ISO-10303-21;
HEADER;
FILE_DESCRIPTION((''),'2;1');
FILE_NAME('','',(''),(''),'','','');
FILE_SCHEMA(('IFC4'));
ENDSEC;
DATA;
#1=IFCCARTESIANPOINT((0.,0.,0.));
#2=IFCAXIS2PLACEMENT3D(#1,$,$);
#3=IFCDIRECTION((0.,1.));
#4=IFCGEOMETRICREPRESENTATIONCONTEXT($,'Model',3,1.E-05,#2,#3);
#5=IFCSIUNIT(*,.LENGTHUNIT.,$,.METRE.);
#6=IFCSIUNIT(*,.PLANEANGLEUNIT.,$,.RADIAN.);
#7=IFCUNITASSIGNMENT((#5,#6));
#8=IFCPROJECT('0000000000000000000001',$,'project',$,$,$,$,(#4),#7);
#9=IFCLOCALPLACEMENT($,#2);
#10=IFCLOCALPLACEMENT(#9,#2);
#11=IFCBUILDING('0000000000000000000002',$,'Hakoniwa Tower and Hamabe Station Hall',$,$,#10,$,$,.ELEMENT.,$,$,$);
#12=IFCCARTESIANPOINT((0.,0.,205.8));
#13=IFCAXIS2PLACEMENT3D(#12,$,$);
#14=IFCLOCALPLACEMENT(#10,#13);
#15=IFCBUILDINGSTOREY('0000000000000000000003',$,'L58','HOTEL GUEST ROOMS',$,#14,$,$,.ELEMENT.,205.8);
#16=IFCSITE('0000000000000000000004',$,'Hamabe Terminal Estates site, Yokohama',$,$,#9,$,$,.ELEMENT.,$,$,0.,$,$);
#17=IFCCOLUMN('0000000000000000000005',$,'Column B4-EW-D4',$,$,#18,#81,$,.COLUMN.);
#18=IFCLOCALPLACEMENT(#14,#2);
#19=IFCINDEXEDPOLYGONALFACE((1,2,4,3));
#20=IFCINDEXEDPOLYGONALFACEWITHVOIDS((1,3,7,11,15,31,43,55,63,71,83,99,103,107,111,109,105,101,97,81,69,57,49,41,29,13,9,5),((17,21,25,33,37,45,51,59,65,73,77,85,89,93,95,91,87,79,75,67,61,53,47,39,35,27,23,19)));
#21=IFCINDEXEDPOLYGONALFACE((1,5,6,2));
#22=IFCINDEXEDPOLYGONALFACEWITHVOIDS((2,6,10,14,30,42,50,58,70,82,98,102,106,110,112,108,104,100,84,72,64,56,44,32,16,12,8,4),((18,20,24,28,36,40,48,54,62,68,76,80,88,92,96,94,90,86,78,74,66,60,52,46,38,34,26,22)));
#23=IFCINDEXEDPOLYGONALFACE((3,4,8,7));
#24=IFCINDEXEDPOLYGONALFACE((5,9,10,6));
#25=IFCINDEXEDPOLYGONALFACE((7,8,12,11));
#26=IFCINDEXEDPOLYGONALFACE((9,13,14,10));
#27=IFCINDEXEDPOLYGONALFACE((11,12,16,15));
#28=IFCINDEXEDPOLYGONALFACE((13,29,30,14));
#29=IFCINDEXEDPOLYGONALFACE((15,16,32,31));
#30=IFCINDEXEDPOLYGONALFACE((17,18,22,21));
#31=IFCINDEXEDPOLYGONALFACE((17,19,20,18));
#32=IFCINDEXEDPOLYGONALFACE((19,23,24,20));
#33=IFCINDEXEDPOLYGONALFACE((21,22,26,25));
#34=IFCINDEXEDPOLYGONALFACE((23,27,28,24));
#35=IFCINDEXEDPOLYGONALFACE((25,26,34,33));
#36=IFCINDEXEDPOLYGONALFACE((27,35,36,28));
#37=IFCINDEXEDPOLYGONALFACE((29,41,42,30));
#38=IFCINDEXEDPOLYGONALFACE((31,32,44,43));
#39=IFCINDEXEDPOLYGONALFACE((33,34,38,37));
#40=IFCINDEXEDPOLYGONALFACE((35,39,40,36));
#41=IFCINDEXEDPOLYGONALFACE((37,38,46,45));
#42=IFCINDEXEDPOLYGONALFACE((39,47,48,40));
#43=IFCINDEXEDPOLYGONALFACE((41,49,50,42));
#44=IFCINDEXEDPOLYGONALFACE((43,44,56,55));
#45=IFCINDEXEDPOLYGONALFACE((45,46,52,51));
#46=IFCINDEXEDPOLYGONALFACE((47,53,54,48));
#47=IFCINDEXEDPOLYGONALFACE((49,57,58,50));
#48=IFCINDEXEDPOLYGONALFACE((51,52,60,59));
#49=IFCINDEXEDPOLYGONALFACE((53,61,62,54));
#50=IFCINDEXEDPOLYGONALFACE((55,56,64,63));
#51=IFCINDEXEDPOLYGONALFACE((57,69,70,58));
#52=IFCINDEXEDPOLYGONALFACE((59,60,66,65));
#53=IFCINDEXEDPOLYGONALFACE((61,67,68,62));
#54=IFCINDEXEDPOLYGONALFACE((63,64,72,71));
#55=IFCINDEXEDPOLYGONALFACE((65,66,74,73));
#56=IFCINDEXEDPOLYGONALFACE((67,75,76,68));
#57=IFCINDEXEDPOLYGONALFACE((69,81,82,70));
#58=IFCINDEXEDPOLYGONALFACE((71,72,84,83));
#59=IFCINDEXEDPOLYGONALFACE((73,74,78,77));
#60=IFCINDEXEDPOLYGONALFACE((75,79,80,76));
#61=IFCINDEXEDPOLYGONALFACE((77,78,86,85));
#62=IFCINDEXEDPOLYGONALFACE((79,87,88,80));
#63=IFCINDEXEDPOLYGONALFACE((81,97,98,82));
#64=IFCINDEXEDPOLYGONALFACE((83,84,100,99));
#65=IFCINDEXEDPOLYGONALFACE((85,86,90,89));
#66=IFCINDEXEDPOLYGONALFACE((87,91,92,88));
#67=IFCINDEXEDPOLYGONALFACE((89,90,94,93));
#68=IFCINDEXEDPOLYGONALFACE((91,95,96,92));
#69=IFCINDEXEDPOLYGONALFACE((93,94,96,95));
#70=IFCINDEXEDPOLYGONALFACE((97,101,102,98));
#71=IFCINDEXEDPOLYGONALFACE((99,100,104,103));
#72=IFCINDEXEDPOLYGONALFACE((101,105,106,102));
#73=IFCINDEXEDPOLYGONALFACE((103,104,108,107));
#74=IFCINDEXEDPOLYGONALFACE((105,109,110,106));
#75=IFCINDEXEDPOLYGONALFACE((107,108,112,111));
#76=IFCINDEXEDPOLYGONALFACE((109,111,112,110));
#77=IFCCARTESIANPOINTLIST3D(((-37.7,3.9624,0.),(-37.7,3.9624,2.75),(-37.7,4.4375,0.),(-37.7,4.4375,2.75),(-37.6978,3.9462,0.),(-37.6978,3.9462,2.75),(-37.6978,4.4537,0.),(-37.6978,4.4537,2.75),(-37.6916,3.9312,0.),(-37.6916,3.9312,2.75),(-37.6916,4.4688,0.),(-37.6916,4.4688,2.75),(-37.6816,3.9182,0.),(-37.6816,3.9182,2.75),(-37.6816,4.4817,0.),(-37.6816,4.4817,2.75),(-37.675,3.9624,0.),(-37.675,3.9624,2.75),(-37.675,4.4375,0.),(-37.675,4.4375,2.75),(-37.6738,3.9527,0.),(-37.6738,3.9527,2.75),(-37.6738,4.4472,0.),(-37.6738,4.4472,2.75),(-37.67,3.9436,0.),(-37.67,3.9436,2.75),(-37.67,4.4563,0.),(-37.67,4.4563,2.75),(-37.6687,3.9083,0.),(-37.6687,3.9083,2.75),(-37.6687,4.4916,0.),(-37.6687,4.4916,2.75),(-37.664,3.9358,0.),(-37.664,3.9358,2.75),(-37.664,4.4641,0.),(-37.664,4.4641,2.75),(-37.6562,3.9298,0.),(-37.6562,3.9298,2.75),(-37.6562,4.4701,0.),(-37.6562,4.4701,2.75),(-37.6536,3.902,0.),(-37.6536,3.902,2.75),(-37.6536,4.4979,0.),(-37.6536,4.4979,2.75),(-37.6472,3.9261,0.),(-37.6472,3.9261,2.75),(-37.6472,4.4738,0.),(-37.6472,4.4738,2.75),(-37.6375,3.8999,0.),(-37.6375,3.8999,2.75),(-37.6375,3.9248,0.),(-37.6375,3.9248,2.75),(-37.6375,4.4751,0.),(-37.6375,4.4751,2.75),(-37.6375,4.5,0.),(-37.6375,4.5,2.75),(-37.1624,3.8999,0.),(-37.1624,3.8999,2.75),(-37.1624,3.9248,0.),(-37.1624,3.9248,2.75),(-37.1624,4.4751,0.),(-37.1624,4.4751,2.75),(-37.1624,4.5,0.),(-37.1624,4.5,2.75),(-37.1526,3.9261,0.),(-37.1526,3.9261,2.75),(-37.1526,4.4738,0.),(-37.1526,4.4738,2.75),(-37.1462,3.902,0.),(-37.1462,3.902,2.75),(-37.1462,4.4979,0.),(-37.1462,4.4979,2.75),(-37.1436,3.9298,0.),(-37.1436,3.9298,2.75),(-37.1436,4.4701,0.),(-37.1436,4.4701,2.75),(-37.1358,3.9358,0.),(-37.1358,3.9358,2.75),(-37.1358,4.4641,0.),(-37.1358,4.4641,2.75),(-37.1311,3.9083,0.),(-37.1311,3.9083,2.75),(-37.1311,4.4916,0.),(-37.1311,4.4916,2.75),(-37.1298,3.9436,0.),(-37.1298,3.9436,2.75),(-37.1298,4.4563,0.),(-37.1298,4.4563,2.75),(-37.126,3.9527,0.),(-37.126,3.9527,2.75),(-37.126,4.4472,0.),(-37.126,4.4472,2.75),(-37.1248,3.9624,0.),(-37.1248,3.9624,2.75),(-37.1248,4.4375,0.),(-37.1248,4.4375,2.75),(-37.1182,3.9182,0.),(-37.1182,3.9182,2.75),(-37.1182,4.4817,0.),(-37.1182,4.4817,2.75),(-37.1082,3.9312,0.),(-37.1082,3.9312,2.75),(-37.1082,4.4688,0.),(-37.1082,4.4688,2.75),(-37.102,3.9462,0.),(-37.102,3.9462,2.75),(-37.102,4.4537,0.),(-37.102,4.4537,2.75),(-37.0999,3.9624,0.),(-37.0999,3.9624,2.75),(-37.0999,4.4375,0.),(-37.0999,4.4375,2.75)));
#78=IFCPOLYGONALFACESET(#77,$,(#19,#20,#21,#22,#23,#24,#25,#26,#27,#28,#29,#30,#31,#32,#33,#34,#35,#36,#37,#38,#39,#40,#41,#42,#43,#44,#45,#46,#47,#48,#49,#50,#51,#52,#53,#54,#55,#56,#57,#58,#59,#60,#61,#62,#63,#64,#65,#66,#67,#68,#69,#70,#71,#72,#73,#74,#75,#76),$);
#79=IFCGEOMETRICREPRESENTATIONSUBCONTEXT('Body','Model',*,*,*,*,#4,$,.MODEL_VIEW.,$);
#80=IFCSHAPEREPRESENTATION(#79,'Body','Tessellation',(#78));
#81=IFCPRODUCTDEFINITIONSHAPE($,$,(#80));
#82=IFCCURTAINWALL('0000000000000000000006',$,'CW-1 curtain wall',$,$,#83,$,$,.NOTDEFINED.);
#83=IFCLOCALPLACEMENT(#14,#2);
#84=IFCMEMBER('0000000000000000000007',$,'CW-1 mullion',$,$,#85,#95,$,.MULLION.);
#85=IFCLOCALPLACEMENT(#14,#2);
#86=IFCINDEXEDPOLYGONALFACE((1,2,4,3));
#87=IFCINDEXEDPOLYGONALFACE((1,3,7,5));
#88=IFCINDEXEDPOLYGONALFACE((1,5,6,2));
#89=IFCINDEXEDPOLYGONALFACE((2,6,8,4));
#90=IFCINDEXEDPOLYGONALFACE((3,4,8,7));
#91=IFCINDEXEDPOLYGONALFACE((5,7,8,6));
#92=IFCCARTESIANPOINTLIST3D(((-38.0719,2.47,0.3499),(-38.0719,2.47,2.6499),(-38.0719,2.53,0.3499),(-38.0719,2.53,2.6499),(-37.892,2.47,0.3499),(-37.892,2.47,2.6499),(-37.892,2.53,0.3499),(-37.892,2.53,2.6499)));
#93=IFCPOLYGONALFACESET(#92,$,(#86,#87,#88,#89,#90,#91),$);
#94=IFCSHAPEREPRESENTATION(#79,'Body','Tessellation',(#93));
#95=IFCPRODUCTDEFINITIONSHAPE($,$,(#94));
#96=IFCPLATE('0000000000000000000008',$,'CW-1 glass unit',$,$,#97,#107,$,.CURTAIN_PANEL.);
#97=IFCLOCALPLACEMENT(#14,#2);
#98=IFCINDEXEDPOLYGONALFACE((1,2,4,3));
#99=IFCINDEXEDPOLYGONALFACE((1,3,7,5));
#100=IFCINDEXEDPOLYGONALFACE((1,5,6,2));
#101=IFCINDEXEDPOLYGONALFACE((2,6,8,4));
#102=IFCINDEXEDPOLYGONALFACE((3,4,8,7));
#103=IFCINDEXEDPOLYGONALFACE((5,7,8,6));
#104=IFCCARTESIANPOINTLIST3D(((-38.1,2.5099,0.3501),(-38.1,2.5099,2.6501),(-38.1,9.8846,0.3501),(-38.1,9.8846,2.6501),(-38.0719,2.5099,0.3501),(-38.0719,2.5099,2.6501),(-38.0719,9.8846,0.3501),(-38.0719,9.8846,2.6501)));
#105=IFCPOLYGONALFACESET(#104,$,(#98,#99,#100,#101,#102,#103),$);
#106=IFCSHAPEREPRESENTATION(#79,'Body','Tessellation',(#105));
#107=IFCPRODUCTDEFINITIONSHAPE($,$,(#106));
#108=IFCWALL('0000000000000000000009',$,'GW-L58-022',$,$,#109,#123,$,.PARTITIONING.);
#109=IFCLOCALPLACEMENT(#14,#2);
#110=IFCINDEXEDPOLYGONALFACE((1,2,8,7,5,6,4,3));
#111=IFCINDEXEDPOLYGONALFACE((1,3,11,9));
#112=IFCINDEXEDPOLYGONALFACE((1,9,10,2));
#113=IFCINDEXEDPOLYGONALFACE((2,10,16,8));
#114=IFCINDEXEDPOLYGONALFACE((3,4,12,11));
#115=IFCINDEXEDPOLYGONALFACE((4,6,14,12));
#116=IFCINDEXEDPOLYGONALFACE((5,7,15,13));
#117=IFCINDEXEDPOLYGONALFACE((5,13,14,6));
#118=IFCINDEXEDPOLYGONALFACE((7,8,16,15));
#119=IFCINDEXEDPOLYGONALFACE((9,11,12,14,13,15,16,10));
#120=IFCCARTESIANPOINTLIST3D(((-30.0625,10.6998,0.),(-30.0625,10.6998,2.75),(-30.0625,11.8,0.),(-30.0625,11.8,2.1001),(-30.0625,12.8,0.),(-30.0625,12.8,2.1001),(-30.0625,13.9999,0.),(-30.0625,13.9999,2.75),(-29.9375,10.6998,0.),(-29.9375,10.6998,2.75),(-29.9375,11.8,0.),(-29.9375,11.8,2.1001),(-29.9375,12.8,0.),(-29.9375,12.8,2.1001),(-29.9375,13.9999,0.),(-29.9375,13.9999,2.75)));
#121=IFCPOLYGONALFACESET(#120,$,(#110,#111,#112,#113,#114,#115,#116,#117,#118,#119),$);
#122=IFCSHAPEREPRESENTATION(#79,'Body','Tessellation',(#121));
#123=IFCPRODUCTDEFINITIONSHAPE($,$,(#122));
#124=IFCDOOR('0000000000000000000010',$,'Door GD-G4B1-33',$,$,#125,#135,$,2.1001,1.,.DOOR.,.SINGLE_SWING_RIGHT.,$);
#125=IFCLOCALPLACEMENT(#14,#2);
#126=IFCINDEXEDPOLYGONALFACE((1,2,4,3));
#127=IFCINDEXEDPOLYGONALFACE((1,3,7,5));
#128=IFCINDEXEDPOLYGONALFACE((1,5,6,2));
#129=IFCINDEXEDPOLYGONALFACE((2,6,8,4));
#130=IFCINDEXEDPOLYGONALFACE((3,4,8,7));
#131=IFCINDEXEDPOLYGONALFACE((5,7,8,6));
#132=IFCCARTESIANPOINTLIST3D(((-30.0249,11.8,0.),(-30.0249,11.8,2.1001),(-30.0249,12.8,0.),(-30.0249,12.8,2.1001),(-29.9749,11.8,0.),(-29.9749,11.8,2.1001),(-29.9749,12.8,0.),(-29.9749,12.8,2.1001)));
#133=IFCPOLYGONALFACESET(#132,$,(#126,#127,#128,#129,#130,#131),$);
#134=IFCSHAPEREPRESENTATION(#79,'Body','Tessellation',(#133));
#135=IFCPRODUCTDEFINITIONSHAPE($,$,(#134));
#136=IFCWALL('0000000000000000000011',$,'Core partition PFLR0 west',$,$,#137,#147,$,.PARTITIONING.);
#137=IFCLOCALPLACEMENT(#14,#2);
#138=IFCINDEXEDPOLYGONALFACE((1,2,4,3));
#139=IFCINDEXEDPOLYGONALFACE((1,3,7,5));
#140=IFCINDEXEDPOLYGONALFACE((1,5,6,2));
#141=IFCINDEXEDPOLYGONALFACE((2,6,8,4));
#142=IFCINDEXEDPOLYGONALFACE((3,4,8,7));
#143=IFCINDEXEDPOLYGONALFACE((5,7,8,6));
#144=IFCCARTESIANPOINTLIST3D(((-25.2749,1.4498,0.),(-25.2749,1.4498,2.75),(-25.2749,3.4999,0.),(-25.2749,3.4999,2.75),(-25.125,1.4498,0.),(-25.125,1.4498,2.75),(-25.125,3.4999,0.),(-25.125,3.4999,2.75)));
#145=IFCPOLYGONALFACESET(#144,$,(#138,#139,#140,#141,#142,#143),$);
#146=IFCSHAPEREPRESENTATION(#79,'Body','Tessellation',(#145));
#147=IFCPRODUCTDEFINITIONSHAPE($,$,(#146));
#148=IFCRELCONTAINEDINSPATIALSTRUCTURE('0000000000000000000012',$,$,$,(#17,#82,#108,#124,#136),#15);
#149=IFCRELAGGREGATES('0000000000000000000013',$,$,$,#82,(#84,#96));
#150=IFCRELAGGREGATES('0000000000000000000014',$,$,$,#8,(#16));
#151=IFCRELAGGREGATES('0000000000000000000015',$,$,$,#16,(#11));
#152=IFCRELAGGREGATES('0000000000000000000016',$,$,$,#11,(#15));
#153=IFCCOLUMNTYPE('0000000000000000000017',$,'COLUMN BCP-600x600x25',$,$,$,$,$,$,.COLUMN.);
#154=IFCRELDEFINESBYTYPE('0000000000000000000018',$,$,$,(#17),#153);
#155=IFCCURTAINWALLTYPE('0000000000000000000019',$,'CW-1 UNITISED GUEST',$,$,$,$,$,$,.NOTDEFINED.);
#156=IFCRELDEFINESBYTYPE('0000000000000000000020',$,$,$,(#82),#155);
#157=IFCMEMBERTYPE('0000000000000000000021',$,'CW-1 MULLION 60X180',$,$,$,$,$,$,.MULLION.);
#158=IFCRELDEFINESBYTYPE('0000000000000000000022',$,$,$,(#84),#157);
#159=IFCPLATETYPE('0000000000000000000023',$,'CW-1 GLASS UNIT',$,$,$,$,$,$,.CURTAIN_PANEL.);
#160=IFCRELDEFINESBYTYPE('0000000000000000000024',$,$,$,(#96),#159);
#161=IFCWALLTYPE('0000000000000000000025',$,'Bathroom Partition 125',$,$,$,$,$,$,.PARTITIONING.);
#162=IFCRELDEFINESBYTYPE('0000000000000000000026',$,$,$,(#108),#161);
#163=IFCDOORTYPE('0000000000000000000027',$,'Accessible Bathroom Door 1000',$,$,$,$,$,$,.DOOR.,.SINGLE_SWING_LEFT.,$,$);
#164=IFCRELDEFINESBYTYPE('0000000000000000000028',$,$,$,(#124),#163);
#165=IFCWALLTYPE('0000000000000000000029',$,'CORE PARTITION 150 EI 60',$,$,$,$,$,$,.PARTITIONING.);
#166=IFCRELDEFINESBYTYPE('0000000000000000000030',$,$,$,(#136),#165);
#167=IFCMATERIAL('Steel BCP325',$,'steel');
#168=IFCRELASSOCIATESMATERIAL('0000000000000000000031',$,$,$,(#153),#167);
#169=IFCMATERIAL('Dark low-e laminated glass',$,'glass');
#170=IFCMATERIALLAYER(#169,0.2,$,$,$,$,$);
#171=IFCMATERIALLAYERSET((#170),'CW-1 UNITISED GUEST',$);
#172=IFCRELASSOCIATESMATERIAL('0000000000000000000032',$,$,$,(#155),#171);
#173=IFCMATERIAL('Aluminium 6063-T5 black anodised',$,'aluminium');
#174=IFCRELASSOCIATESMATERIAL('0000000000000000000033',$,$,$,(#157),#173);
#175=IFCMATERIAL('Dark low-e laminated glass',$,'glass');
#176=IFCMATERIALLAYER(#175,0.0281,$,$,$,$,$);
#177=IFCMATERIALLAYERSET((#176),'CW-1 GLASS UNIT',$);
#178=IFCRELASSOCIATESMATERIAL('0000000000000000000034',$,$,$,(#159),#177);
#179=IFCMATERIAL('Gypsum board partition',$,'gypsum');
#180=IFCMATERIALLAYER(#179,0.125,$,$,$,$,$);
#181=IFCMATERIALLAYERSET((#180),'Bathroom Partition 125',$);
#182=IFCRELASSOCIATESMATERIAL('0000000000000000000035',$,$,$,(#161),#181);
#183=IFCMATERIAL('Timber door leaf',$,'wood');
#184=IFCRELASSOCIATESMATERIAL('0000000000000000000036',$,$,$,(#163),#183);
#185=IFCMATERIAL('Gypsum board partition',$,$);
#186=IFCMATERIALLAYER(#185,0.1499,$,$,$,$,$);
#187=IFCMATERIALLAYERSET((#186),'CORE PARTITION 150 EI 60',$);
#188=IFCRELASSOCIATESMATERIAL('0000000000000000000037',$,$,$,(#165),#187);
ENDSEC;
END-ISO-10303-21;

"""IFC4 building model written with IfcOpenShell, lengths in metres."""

from ifc_helpers import new_model, si_unit, direction, frame, frame_2d, origin, origin_2d, place, context, subcontext, project, spatial, rectangle, hollow_rectangle, extrude, material, layer, layer_set, material_profile, profile_set, type_object, element, fill, aggregate, save


model = new_model("IFC4")

# Units and contexts
model_context = context("Model", 3, precision=1e-05, world=origin(), true_north=direction((0.0, 1.0)))
body_context = subcontext(model_context, "Body", "Model", "MODEL_VIEW")
ifc_project = project(units=[si_unit("LENGTHUNIT", "METRE"), si_unit("PLANEANGLEUNIT", "RADIAN")], contexts=[model_context])

# Site, building, storey
site_placement = place(None, origin())
site = spatial("IfcSite", under=ifc_project, at=site_placement, Name="Hamabe Terminal Estates site, Yokohama", CompositionType="ELEMENT", RefElevation=0.0)
building_placement = place(site_placement, origin())
building = spatial("IfcBuilding", under=site, at=building_placement, Name="Hakoniwa Tower and Hamabe Station Hall", CompositionType="ELEMENT")
storey_placement = place(building_placement, frame((0.0, 0.0, 205.8)))
storey = spatial("IfcBuildingStorey", under=building, at=storey_placement, Name="L58", Description="HOTEL GUEST ROOMS", CompositionType="ELEMENT", Elevation=205.8)

# Column
ifc_material_1 = material(Name="Steel BCP325", Category="steel")
ifc_material_profile_1 = material_profile(ifc_material_1, hollow_rectangle(XDim=0.6001, YDim=0.6001, WallThickness=0.0249, InnerFilletRadius=0.0376, OuterFilletRadius=0.0625, at=origin_2d()), Name="BCP-600x600x25")
ifc_profile_set_1 = profile_set([ifc_material_profile_1], Name="Steel BCP325")
column_type = type_object("IfcColumnType", Name="COLUMN BCP-600x600x25", PredefinedType="COLUMN", material=ifc_profile_set_1)
column_placement = place(storey_placement, frame((-37.3999, 4.2, 0.0), z_axis=(0.0, 0.0, 1.0), x_axis=(1.0, 0.0, 0.0)))
element("IfcColumn", 1, at=column_placement, inside=storey, type_object=column_type, Name="Column B4-EW-D4", PredefinedType="COLUMN", context=body_context, shape_type="SweptSolid", body=[
    extrude(hollow_rectangle(XDim=0.6001, YDim=0.6001, WallThickness=0.0249, InnerFilletRadius=0.0376, OuterFilletRadius=0.0625, at=origin_2d()), origin(), (0.0, 0.0, 1.0), 2.75),
])

# Curtain wall, member, plate
ifc_material_2 = material(Name="Dark low-e laminated glass", Category="glass")
ifc_layer_1 = layer(ifc_material_2, 0.2)
ifc_layer_set_1 = layer_set([ifc_layer_1], Name="CW-1 UNITISED GUEST")
curtain_wall_type = type_object("IfcCurtainWallType", Name="CW-1 UNITISED GUEST", PredefinedType="NOTDEFINED", material=ifc_layer_set_1)
curtain_wall_placement = place(storey_placement, origin())
curtain_wall = element("IfcCurtainWall", 2, at=curtain_wall_placement, inside=storey, type_object=curtain_wall_type, Name="CW-1 curtain wall", PredefinedType="NOTDEFINED")
ifc_material_3 = material(Name="Aluminium 6063-T5 black anodised", Category="aluminium")
ifc_material_profile_2 = material_profile(ifc_material_3, rectangle(XDim=0.0601, YDim=0.1799, at=origin_2d()), Name="CW-1 MULLION 60X180")
ifc_profile_set_2 = profile_set([ifc_material_profile_2], Name="Aluminium 6063-T5 black anodised")
member_type = type_object("IfcMemberType", Name="CW-1 MULLION 60X180", PredefinedType="MULLION", material=ifc_profile_set_2)
member_placement = place(storey_placement, frame((-37.9819, 2.5, 0.3499), z_axis=(0.0, 0.0, 1.0), x_axis=(0.0, -1.0, 0.0)))
member = element("IfcMember", 3, at=member_placement, type_object=member_type, Name="CW-1 mullion", PredefinedType="MULLION", context=body_context, shape_type="SweptSolid", body=[
    extrude(rectangle(XDim=0.0601, YDim=0.1799, at=origin_2d()), origin(), (0.0, 0.0, 1.0), 2.3),
])
ifc_material_4 = material(Name="Dark low-e laminated glass", Category="glass")
ifc_layer_2 = layer(ifc_material_4, 0.0281)
ifc_layer_set_2 = layer_set([ifc_layer_2], Name="CW-1 GLASS UNIT")
plate_type = type_object("IfcPlateType", Name="CW-1 GLASS UNIT", PredefinedType="CURTAIN_PANEL", material=ifc_layer_set_2)
plate_placement = place(storey_placement, frame((-38.0859, 6.1973, 0.3501), z_axis=(0.0, 0.0, 1.0), x_axis=(0.0, -1.0, 0.0)))
plate = element("IfcPlate", 4, at=plate_placement, type_object=plate_type, Name="CW-1 glass unit", PredefinedType="CURTAIN_PANEL", context=body_context, shape_type="SweptSolid", body=[
    extrude(rectangle(XDim=7.3748, YDim=0.0281, at=origin_2d()), origin(), (0.0, 0.0, 1.0), 2.3),
])
aggregate(curtain_wall, [member, plate])

# Wall, opening, door
ifc_material_5 = material(Name="Gypsum board partition", Category="gypsum")
ifc_layer_3 = layer(ifc_material_5, 0.125)
ifc_layer_set_3 = layer_set([ifc_layer_3], Name="Bathroom Partition 125")
wall_type_1 = type_object("IfcWallType", Name="Bathroom Partition 125", PredefinedType="PARTITIONING", material=ifc_layer_set_3)
wall_1_placement = place(storey_placement, frame((-30.0, 10.7, 0.0), z_axis=(0.0, 0.0, 1.0), x_axis=(0.0, 1.0, 0.0)))
wall_1 = element("IfcWall", 5, at=wall_1_placement, inside=storey, type_object=wall_type_1, Name="GW-L58-022", PredefinedType="PARTITIONING", context=body_context, shape_type="SweptSolid", body=[
    extrude(rectangle(XDim=3.3, YDim=0.125, at=frame_2d((1.6499, 0.0))), origin(), (0.0, 0.0, 1.0), 2.75),
])
opening_1_placement = place(wall_1_placement, frame((1.1001, 0.0, 0.0)))
opening_1 = element("IfcOpeningElement", 6, at=opening_1_placement, cuts=wall_1, PredefinedType="OPENING", context=body_context, shape_type="SweptSolid", body=[
    extrude(rectangle(XDim=1.0, YDim=2.1001, at=frame_2d((0.5, 1.05))), frame((0.0, 0.0725, 0.0), z_axis=(0.0, -1.0, 0.0), x_axis=(1.0, 0.0, 0.0)), (0.0, 0.0, 1.0), 0.145),
])
ifc_material_6 = material(Name="Timber door leaf", Category="wood")
door_type_1 = type_object("IfcDoorType", Name="Accessible Bathroom Door 1000", OperationType="SINGLE_SWING_LEFT", PredefinedType="DOOR", material=ifc_material_6)
door_1_placement = place(opening_1_placement, origin())
door_1 = element("IfcDoor", 7, at=door_1_placement, inside=storey, type_object=door_type_1, Name="Door GD-G4B1-33", OperationType="SINGLE_SWING_RIGHT", OverallHeight=2.1001, OverallWidth=1.0, PredefinedType="DOOR", context=body_context, shape_type="SweptSolid", body=[
    extrude(rectangle(XDim=1.0, YDim=2.1001, at=frame_2d((0.5, 1.05))), frame((0.0, 0.0249, 0.0), z_axis=(0.0, -1.0, 0.0), x_axis=(1.0, 0.0, 0.0)), (0.0, 0.0, 1.0), 0.05),
])
fill(opening_1, door_1)

# Wall
ifc_material_7 = material(Name="Gypsum board partition")
ifc_layer_4 = layer(ifc_material_7, 0.1499)
ifc_layer_set_4 = layer_set([ifc_layer_4], Name="CORE PARTITION 150 EI 60")
wall_type_2 = type_object("IfcWallType", Name="CORE PARTITION 150 EI 60", PredefinedType="PARTITIONING", material=ifc_layer_set_4)
wall_2_placement = place(storey_placement, frame((-25.2, 1.45, 0.0), z_axis=(0.0, 0.0, 1.0), x_axis=(0.0, 1.0, 0.0)))
element("IfcWall", 8, at=wall_2_placement, inside=storey, type_object=wall_type_2, Name="Core partition PFLR0 west", PredefinedType="PARTITIONING", context=body_context, shape_type="SweptSolid", body=[
    extrude(rectangle(XDim=2.05, YDim=0.1499, at=frame_2d((1.0249, 0.0))), origin(), (0.0, 0.0, 1.0), 2.75),
])

save(model, "model.ifc")
